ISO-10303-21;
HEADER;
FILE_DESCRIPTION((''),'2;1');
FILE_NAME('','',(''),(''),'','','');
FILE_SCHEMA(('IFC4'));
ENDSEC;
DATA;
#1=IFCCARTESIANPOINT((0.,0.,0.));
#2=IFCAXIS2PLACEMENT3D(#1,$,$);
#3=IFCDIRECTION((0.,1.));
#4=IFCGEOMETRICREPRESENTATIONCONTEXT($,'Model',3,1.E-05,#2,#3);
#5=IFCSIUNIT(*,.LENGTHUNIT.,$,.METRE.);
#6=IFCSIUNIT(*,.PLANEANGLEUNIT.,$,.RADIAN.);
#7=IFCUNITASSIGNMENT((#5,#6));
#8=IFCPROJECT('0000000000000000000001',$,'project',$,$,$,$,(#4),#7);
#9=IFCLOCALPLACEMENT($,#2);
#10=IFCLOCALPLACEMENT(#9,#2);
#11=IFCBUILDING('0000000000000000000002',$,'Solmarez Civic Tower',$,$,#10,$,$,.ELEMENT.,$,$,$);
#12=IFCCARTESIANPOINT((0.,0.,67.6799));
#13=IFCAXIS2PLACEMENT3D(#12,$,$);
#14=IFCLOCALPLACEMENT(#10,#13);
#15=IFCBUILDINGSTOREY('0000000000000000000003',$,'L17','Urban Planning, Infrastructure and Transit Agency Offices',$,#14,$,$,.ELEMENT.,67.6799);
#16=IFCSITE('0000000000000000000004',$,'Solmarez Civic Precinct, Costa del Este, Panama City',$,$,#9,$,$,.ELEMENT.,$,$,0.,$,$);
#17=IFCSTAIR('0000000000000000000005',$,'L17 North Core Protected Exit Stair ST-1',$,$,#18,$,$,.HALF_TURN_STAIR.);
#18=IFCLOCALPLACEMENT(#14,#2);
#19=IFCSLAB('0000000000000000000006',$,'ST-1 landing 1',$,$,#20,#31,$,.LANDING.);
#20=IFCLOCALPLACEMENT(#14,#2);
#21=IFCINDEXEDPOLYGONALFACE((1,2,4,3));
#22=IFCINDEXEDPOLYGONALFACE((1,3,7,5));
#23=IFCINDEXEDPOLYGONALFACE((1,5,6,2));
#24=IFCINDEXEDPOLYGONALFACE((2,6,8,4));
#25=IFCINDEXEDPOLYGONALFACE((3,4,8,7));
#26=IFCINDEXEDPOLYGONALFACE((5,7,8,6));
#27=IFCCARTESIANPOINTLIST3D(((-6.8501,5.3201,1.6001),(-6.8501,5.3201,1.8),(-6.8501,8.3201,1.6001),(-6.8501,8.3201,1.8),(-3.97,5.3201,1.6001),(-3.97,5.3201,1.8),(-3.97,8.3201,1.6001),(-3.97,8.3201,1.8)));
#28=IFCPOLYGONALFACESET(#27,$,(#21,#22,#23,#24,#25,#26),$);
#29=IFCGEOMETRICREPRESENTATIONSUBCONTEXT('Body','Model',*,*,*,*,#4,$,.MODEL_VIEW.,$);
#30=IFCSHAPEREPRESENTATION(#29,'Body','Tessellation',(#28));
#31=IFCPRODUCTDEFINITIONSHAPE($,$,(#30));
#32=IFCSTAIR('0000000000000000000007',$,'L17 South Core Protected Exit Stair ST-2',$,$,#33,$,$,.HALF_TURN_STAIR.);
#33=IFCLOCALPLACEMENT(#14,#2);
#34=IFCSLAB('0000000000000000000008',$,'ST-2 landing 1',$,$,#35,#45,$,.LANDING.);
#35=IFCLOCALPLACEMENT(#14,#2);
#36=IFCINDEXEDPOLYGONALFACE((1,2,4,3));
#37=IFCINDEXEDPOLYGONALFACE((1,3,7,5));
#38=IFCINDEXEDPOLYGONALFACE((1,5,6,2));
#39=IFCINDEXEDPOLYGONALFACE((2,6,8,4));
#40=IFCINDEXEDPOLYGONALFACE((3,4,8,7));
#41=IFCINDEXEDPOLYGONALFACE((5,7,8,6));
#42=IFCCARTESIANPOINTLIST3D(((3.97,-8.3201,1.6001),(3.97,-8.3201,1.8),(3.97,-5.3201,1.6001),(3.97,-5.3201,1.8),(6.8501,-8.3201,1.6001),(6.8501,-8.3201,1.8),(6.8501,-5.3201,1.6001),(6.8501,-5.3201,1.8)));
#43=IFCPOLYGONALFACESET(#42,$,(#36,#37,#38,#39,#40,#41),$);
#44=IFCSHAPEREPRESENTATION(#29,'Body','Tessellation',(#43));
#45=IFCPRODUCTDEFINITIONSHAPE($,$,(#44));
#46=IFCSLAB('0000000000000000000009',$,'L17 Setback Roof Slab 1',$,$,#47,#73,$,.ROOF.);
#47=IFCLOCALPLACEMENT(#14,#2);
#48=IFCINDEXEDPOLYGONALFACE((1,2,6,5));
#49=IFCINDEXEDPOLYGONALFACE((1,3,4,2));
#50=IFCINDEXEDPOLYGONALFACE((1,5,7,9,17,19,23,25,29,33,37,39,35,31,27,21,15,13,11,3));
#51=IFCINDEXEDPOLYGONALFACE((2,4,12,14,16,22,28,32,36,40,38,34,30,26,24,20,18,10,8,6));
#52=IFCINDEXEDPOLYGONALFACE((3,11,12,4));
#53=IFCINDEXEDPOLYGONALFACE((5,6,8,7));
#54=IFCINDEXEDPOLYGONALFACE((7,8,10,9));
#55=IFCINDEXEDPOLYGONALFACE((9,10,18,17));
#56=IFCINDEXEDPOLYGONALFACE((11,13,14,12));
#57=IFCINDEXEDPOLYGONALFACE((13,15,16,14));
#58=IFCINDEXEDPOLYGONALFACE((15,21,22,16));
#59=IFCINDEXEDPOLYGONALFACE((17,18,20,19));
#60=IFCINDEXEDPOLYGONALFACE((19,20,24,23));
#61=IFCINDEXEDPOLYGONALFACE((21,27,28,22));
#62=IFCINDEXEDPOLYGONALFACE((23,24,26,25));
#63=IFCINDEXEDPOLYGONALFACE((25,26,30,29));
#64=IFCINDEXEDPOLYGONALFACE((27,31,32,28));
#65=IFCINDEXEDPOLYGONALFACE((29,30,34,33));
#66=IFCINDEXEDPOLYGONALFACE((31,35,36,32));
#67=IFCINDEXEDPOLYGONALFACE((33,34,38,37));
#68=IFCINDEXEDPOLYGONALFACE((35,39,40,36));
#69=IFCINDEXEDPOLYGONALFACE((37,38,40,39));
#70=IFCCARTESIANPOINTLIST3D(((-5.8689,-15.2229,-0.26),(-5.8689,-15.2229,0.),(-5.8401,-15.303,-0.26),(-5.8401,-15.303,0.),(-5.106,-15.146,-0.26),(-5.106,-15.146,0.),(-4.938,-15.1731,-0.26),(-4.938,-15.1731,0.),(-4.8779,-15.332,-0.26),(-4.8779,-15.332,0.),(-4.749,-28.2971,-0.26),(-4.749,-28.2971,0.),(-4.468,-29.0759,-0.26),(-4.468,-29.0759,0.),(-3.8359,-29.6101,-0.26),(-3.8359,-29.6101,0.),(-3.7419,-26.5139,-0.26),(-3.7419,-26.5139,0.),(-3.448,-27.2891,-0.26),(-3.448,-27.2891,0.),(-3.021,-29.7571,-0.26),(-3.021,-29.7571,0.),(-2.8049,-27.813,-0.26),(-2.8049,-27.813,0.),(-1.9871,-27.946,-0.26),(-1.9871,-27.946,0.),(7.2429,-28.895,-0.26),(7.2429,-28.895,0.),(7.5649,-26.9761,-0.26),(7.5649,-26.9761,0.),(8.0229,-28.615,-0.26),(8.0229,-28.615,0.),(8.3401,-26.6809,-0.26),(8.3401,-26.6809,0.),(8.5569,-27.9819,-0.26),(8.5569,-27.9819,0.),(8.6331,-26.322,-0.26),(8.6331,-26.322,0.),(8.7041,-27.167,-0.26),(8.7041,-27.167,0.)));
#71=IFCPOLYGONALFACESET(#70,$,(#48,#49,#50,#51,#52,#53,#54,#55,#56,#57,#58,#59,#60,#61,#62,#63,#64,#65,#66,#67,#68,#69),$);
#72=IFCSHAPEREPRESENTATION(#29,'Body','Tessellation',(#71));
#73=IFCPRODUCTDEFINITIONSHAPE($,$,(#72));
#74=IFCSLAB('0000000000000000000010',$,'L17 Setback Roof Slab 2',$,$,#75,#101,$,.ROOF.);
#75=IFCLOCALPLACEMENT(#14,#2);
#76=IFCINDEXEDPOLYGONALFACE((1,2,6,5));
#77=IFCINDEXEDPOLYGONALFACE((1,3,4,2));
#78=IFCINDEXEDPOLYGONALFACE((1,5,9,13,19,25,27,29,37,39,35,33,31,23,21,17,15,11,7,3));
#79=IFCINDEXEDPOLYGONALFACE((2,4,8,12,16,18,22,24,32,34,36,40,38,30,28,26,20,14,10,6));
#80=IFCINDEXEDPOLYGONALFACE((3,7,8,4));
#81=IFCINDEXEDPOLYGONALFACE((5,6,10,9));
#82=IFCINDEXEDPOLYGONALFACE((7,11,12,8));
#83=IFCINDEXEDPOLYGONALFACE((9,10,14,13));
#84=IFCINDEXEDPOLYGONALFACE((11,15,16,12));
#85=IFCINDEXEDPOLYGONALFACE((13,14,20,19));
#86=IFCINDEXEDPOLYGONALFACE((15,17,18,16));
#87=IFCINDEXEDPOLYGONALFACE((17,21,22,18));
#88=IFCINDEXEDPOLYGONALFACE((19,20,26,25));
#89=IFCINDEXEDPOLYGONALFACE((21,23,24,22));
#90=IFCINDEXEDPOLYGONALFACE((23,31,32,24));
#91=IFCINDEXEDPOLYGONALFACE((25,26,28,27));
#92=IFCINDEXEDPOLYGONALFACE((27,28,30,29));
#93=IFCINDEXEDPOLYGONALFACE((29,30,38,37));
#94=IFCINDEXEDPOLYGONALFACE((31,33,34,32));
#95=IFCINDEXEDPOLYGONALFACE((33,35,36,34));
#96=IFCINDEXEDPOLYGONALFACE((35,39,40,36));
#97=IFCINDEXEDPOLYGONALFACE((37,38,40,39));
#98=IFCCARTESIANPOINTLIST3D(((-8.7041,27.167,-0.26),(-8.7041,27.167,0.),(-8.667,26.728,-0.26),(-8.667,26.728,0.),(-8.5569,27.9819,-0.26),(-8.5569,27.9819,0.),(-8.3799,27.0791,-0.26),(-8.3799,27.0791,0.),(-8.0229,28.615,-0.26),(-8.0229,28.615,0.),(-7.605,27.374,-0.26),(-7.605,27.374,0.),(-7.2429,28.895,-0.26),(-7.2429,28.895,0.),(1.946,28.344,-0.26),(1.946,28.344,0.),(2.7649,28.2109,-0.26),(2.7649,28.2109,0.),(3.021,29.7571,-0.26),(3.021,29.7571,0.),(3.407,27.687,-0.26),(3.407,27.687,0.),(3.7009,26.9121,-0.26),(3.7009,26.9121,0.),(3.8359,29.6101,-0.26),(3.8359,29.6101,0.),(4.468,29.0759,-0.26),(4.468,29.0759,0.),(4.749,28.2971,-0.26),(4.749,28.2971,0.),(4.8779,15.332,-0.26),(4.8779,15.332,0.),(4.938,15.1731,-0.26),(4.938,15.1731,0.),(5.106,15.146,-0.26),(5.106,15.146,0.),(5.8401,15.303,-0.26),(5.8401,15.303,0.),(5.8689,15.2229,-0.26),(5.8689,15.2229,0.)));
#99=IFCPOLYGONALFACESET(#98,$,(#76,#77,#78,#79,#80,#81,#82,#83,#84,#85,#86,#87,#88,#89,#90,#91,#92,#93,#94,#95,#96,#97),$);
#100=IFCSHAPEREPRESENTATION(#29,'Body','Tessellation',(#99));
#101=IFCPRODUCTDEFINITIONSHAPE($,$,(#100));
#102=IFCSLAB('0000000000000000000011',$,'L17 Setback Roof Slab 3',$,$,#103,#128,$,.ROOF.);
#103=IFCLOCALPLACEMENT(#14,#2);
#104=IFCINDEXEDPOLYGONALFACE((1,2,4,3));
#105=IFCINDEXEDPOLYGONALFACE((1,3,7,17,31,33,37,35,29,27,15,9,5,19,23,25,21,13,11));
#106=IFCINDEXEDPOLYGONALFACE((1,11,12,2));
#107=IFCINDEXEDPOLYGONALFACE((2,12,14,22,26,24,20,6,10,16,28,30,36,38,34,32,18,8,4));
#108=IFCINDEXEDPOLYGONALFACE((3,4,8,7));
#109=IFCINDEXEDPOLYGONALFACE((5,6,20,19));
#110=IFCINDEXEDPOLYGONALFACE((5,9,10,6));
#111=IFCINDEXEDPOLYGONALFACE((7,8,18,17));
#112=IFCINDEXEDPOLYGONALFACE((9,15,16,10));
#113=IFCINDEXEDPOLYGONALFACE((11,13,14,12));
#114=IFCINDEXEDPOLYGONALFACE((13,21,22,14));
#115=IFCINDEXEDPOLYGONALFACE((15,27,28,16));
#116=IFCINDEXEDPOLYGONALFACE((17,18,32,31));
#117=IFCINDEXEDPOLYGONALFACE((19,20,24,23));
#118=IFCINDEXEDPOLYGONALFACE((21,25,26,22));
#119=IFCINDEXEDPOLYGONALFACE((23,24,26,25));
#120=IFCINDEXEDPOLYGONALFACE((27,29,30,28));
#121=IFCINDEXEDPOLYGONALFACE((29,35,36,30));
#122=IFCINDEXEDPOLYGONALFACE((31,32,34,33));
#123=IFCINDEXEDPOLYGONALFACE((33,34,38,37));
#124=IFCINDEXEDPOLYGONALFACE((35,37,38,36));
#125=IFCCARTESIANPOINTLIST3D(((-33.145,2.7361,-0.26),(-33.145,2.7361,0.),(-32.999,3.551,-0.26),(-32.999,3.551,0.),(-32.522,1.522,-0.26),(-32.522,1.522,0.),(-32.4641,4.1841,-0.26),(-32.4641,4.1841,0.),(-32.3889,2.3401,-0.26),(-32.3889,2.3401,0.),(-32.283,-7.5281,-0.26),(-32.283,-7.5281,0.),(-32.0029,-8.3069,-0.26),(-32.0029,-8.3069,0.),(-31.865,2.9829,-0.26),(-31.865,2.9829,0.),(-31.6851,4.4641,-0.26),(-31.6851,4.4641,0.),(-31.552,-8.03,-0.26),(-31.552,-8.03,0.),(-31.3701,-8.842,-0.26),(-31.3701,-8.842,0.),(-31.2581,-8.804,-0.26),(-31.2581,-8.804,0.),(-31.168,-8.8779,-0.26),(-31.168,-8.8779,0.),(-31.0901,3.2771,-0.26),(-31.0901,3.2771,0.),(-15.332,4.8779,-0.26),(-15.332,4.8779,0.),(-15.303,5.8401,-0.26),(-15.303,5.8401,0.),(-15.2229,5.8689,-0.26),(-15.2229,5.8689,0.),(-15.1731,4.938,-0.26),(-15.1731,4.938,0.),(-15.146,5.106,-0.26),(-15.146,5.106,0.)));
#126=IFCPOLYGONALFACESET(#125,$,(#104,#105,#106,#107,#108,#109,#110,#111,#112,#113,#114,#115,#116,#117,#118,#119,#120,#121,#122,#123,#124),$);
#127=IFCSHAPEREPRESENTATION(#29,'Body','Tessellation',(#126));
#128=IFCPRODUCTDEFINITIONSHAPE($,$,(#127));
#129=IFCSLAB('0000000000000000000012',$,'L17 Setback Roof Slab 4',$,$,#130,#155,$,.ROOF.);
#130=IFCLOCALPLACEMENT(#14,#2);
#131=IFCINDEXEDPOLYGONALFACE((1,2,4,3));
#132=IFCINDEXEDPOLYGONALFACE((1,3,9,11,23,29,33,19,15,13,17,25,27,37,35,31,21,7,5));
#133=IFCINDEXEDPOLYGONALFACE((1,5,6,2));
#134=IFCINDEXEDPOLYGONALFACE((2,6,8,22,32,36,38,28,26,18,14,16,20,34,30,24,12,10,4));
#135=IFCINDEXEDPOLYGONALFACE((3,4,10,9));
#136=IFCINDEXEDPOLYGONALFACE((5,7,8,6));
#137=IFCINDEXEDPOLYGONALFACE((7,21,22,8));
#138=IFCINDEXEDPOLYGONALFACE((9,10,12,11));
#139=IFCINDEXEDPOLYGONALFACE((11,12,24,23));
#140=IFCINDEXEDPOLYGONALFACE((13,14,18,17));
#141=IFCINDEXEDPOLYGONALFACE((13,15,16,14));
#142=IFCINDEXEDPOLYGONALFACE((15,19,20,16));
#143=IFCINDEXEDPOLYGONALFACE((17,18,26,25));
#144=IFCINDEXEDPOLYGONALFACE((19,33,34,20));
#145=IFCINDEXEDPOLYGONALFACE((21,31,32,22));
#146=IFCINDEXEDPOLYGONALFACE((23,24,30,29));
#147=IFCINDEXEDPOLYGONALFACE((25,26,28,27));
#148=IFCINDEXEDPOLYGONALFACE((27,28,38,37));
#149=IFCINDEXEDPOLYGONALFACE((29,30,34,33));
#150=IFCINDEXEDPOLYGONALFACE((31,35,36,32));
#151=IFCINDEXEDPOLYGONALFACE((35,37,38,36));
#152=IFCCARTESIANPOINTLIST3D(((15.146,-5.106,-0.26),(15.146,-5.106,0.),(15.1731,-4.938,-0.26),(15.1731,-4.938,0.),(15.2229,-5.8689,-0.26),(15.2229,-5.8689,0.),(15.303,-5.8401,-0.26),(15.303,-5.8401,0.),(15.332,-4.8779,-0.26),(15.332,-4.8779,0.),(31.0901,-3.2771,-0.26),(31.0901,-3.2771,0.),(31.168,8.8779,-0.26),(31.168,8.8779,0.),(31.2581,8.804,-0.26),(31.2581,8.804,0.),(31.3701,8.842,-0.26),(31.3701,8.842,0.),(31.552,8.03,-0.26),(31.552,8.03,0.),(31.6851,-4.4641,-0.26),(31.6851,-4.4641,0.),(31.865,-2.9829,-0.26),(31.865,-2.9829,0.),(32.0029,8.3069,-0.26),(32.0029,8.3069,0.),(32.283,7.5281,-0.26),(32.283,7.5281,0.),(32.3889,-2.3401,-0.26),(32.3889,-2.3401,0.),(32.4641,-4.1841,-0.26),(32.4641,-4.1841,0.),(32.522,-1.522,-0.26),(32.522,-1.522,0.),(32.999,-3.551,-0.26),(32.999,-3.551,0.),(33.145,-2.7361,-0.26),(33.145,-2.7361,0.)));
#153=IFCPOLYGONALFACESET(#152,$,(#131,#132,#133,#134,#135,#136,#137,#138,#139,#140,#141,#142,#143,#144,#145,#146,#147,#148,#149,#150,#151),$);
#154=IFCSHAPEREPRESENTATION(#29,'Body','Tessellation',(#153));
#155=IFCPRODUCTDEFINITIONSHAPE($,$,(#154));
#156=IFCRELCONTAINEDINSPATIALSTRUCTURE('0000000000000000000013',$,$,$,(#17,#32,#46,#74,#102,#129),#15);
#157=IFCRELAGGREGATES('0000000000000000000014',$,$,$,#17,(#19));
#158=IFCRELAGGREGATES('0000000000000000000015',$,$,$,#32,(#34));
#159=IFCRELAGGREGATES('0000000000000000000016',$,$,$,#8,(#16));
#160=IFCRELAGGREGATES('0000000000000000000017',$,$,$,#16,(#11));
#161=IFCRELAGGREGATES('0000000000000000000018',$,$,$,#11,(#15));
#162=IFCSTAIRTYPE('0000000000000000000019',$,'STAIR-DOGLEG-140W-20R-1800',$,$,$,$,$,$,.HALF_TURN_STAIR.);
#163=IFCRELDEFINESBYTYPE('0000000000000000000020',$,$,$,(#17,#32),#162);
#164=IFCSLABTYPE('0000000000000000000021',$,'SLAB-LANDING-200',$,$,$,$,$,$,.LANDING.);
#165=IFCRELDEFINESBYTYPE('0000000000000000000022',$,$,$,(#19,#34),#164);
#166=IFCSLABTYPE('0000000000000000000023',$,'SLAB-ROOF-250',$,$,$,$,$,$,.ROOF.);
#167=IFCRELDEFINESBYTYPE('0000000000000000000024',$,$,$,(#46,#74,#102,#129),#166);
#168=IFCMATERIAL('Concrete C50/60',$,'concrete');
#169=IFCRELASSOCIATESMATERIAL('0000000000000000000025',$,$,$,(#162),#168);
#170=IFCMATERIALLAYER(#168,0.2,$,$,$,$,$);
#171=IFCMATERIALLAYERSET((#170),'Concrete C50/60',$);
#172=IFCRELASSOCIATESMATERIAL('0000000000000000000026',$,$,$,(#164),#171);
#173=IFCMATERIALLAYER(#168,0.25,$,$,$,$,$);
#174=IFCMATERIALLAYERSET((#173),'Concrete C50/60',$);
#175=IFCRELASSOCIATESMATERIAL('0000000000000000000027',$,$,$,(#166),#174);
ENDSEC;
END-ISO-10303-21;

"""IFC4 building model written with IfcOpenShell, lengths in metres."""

from ifc_helpers import new_model, si_unit, direction, frame, origin, place, context, subcontext, project, spatial, polyline, outline, extrude, material, layer, layer_set, type_object, element, aggregate, save


model = new_model("IFC4")

# Units and contexts
model_context = context("Model", 3, precision=1e-05, world=origin(), true_north=direction((0.0, 1.0)))
body_context = subcontext(model_context, "Body", "Model", "MODEL_VIEW")
ifc_project = project(units=[si_unit("LENGTHUNIT", "METRE"), si_unit("PLANEANGLEUNIT", "RADIAN")], contexts=[model_context])

# Site, building, storey
site_placement = place(None, origin())
site = spatial("IfcSite", under=ifc_project, at=site_placement, Name="Solmarez Civic Precinct, Costa del Este, Panama City", CompositionType="ELEMENT", RefElevation=0.0)
building_placement = place(site_placement, origin())
building = spatial("IfcBuilding", under=site, at=building_placement, Name="Solmarez Civic Tower", CompositionType="ELEMENT")
storey_placement = place(building_placement, frame((0.0, 0.0, 67.6799)))
storey = spatial("IfcBuildingStorey", under=building, at=storey_placement, Name="L17", Description="Urban Planning, Infrastructure and Transit Agency Offices", CompositionType="ELEMENT", Elevation=67.6799)

# Stairs, slabs
ifc_material_1 = material(Name="Concrete C50/60", Category="concrete")
stair_type = type_object("IfcStairType", Name="STAIR-DOGLEG-140W-20R-1800", PredefinedType="HALF_TURN_STAIR", material=ifc_material_1)
stair_1_placement = place(storey_placement, origin())
stair_1 = element("IfcStair", 1, at=stair_1_placement, inside=storey, type_object=stair_type, Name="L17 North Core Protected Exit Stair ST-1", PredefinedType="HALF_TURN_STAIR")
ifc_layer_1 = layer(ifc_material_1, 0.2)
ifc_layer_set_1 = layer_set([ifc_layer_1], Name="Concrete C50/60")
slab_type_1 = type_object("IfcSlabType", Name="SLAB-LANDING-200", PredefinedType="LANDING", material=ifc_layer_set_1)
slab_1_placement = place(storey_placement, frame((0.0, 0.0, 1.6001)))
slab_1 = element("IfcSlab", 2, at=slab_1_placement, type_object=slab_type_1, Name="ST-1 landing 1", PredefinedType="LANDING", context=body_context, shape_type="SweptSolid", body=[
    extrude(outline(polyline([(-3.97, 8.3201), (-6.8501, 8.3201), (-6.8501, 5.3201), (-3.97, 5.3201), (-3.97, 8.3201)])), origin(), (0.0, 0.0, 1.0), 0.2),
])
aggregate(stair_1, [slab_1])
stair_2_placement = place(storey_placement, origin())
stair_2 = element("IfcStair", 3, at=stair_2_placement, inside=storey, type_object=stair_type, Name="L17 South Core Protected Exit Stair ST-2", PredefinedType="HALF_TURN_STAIR")
slab_2_placement = place(storey_placement, frame((0.0, 0.0, 1.6001)))
slab_2 = element("IfcSlab", 4, at=slab_2_placement, type_object=slab_type_1, Name="ST-2 landing 1", PredefinedType="LANDING", context=body_context, shape_type="SweptSolid", body=[
    extrude(outline(polyline([(3.97, -8.3201), (6.8501, -8.3201), (6.8501, -5.3201), (3.97, -5.3201), (3.97, -8.3201)])), origin(), (0.0, 0.0, 1.0), 0.2),
])

# Slabs
ifc_layer_2 = layer(ifc_material_1, 0.25)
ifc_layer_set_2 = layer_set([ifc_layer_2], Name="Concrete C50/60")
slab_type_2 = type_object("IfcSlabType", Name="SLAB-ROOF-250", PredefinedType="ROOF", material=ifc_layer_set_2)
slab_3_placement = place(storey_placement, frame((0.0, 0.0, -0.26)))
element("IfcSlab", 5, at=slab_3_placement, inside=storey, type_object=slab_type_2, Name="L17 Setback Roof Slab 1", PredefinedType="ROOF", context=body_context, shape_type="SweptSolid", body=[
    extrude(outline(polyline([(8.6331, -26.322), (8.3401, -26.6809), (7.5649, -26.9761), (-1.9871, -27.946), (-2.8049, -27.813), (-3.448, -27.2891), (-3.7419, -26.5139), (-4.8779, -15.332), (-4.938, -15.1731), (-5.106, -15.146), (-5.8689, -15.2229), (-5.8401, -15.303), (-4.749, -28.2971), (-4.468, -29.0759), (-3.8359, -29.6101), (-3.021, -29.7571), (7.2429, -28.895), (8.0229, -28.615), (8.5569, -27.9819), (8.7041, -27.167), (8.6331, -26.322)])), origin(), (0.0, 0.0, 1.0), 0.26),
])
slab_4_placement = place(storey_placement, frame((0.0, 0.0, -0.26)))
element("IfcSlab", 6, at=slab_4_placement, inside=storey, type_object=slab_type_2, Name="L17 Setback Roof Slab 2", PredefinedType="ROOF", context=body_context, shape_type="SweptSolid", body=[
    extrude(outline(polyline([(-8.667, 26.728), (-8.3799, 27.0791), (-7.605, 27.374), (1.946, 28.344), (2.7649, 28.2109), (3.407, 27.687), (3.7009, 26.9121), (4.8779, 15.332), (4.938, 15.1731), (5.106, 15.146), (5.8689, 15.2229), (5.8401, 15.303), (4.749, 28.2971), (4.468, 29.0759), (3.8359, 29.6101), (3.021, 29.7571), (-7.2429, 28.895), (-8.0229, 28.615), (-8.5569, 27.9819), (-8.7041, 27.167), (-8.667, 26.728)])), origin(), (0.0, 0.0, 1.0), 0.26),
])
slab_5_placement = place(storey_placement, frame((0.0, 0.0, -0.26)))
element("IfcSlab", 7, at=slab_5_placement, inside=storey, type_object=slab_type_2, Name="L17 Setback Roof Slab 3", PredefinedType="ROOF", context=body_context, shape_type="SweptSolid", body=[
    extrude(outline(polyline([(-31.168, -8.8779), (-31.2581, -8.804), (-31.552, -8.03), (-32.522, 1.522), (-32.3889, 2.3401), (-31.865, 2.9829), (-31.0901, 3.2771), (-15.332, 4.8779), (-15.1731, 4.938), (-15.146, 5.106), (-15.2229, 5.8689), (-15.303, 5.8401), (-31.6851, 4.4641), (-32.4641, 4.1841), (-32.999, 3.551), (-33.145, 2.7361), (-32.283, -7.5281), (-32.0029, -8.3069), (-31.3701, -8.842), (-31.168, -8.8779)])), origin(), (0.0, 0.0, 1.0), 0.26),
])
slab_6_placement = place(storey_placement, frame((0.0, 0.0, -0.26)))
element("IfcSlab", 8, at=slab_6_placement, inside=storey, type_object=slab_type_2, Name="L17 Setback Roof Slab 4", PredefinedType="ROOF", context=body_context, shape_type="SweptSolid", body=[
    extrude(outline(polyline([(31.168, 8.8779), (31.2581, 8.804), (31.552, 8.03), (32.522, -1.522), (32.3889, -2.3401), (31.865, -2.9829), (31.0901, -3.2771), (15.332, -4.8779), (15.1731, -4.938), (15.146, -5.106), (15.2229, -5.8689), (15.303, -5.8401), (31.6851, -4.4641), (32.4641, -4.1841), (32.999, -3.551), (33.145, -2.7361), (32.283, 7.5281), (32.0029, 8.3069), (31.3701, 8.842), (31.168, 8.8779)])), origin(), (0.0, 0.0, 1.0), 0.26),
])

aggregate(stair_2, [slab_2])

save(model, "model.ifc")
